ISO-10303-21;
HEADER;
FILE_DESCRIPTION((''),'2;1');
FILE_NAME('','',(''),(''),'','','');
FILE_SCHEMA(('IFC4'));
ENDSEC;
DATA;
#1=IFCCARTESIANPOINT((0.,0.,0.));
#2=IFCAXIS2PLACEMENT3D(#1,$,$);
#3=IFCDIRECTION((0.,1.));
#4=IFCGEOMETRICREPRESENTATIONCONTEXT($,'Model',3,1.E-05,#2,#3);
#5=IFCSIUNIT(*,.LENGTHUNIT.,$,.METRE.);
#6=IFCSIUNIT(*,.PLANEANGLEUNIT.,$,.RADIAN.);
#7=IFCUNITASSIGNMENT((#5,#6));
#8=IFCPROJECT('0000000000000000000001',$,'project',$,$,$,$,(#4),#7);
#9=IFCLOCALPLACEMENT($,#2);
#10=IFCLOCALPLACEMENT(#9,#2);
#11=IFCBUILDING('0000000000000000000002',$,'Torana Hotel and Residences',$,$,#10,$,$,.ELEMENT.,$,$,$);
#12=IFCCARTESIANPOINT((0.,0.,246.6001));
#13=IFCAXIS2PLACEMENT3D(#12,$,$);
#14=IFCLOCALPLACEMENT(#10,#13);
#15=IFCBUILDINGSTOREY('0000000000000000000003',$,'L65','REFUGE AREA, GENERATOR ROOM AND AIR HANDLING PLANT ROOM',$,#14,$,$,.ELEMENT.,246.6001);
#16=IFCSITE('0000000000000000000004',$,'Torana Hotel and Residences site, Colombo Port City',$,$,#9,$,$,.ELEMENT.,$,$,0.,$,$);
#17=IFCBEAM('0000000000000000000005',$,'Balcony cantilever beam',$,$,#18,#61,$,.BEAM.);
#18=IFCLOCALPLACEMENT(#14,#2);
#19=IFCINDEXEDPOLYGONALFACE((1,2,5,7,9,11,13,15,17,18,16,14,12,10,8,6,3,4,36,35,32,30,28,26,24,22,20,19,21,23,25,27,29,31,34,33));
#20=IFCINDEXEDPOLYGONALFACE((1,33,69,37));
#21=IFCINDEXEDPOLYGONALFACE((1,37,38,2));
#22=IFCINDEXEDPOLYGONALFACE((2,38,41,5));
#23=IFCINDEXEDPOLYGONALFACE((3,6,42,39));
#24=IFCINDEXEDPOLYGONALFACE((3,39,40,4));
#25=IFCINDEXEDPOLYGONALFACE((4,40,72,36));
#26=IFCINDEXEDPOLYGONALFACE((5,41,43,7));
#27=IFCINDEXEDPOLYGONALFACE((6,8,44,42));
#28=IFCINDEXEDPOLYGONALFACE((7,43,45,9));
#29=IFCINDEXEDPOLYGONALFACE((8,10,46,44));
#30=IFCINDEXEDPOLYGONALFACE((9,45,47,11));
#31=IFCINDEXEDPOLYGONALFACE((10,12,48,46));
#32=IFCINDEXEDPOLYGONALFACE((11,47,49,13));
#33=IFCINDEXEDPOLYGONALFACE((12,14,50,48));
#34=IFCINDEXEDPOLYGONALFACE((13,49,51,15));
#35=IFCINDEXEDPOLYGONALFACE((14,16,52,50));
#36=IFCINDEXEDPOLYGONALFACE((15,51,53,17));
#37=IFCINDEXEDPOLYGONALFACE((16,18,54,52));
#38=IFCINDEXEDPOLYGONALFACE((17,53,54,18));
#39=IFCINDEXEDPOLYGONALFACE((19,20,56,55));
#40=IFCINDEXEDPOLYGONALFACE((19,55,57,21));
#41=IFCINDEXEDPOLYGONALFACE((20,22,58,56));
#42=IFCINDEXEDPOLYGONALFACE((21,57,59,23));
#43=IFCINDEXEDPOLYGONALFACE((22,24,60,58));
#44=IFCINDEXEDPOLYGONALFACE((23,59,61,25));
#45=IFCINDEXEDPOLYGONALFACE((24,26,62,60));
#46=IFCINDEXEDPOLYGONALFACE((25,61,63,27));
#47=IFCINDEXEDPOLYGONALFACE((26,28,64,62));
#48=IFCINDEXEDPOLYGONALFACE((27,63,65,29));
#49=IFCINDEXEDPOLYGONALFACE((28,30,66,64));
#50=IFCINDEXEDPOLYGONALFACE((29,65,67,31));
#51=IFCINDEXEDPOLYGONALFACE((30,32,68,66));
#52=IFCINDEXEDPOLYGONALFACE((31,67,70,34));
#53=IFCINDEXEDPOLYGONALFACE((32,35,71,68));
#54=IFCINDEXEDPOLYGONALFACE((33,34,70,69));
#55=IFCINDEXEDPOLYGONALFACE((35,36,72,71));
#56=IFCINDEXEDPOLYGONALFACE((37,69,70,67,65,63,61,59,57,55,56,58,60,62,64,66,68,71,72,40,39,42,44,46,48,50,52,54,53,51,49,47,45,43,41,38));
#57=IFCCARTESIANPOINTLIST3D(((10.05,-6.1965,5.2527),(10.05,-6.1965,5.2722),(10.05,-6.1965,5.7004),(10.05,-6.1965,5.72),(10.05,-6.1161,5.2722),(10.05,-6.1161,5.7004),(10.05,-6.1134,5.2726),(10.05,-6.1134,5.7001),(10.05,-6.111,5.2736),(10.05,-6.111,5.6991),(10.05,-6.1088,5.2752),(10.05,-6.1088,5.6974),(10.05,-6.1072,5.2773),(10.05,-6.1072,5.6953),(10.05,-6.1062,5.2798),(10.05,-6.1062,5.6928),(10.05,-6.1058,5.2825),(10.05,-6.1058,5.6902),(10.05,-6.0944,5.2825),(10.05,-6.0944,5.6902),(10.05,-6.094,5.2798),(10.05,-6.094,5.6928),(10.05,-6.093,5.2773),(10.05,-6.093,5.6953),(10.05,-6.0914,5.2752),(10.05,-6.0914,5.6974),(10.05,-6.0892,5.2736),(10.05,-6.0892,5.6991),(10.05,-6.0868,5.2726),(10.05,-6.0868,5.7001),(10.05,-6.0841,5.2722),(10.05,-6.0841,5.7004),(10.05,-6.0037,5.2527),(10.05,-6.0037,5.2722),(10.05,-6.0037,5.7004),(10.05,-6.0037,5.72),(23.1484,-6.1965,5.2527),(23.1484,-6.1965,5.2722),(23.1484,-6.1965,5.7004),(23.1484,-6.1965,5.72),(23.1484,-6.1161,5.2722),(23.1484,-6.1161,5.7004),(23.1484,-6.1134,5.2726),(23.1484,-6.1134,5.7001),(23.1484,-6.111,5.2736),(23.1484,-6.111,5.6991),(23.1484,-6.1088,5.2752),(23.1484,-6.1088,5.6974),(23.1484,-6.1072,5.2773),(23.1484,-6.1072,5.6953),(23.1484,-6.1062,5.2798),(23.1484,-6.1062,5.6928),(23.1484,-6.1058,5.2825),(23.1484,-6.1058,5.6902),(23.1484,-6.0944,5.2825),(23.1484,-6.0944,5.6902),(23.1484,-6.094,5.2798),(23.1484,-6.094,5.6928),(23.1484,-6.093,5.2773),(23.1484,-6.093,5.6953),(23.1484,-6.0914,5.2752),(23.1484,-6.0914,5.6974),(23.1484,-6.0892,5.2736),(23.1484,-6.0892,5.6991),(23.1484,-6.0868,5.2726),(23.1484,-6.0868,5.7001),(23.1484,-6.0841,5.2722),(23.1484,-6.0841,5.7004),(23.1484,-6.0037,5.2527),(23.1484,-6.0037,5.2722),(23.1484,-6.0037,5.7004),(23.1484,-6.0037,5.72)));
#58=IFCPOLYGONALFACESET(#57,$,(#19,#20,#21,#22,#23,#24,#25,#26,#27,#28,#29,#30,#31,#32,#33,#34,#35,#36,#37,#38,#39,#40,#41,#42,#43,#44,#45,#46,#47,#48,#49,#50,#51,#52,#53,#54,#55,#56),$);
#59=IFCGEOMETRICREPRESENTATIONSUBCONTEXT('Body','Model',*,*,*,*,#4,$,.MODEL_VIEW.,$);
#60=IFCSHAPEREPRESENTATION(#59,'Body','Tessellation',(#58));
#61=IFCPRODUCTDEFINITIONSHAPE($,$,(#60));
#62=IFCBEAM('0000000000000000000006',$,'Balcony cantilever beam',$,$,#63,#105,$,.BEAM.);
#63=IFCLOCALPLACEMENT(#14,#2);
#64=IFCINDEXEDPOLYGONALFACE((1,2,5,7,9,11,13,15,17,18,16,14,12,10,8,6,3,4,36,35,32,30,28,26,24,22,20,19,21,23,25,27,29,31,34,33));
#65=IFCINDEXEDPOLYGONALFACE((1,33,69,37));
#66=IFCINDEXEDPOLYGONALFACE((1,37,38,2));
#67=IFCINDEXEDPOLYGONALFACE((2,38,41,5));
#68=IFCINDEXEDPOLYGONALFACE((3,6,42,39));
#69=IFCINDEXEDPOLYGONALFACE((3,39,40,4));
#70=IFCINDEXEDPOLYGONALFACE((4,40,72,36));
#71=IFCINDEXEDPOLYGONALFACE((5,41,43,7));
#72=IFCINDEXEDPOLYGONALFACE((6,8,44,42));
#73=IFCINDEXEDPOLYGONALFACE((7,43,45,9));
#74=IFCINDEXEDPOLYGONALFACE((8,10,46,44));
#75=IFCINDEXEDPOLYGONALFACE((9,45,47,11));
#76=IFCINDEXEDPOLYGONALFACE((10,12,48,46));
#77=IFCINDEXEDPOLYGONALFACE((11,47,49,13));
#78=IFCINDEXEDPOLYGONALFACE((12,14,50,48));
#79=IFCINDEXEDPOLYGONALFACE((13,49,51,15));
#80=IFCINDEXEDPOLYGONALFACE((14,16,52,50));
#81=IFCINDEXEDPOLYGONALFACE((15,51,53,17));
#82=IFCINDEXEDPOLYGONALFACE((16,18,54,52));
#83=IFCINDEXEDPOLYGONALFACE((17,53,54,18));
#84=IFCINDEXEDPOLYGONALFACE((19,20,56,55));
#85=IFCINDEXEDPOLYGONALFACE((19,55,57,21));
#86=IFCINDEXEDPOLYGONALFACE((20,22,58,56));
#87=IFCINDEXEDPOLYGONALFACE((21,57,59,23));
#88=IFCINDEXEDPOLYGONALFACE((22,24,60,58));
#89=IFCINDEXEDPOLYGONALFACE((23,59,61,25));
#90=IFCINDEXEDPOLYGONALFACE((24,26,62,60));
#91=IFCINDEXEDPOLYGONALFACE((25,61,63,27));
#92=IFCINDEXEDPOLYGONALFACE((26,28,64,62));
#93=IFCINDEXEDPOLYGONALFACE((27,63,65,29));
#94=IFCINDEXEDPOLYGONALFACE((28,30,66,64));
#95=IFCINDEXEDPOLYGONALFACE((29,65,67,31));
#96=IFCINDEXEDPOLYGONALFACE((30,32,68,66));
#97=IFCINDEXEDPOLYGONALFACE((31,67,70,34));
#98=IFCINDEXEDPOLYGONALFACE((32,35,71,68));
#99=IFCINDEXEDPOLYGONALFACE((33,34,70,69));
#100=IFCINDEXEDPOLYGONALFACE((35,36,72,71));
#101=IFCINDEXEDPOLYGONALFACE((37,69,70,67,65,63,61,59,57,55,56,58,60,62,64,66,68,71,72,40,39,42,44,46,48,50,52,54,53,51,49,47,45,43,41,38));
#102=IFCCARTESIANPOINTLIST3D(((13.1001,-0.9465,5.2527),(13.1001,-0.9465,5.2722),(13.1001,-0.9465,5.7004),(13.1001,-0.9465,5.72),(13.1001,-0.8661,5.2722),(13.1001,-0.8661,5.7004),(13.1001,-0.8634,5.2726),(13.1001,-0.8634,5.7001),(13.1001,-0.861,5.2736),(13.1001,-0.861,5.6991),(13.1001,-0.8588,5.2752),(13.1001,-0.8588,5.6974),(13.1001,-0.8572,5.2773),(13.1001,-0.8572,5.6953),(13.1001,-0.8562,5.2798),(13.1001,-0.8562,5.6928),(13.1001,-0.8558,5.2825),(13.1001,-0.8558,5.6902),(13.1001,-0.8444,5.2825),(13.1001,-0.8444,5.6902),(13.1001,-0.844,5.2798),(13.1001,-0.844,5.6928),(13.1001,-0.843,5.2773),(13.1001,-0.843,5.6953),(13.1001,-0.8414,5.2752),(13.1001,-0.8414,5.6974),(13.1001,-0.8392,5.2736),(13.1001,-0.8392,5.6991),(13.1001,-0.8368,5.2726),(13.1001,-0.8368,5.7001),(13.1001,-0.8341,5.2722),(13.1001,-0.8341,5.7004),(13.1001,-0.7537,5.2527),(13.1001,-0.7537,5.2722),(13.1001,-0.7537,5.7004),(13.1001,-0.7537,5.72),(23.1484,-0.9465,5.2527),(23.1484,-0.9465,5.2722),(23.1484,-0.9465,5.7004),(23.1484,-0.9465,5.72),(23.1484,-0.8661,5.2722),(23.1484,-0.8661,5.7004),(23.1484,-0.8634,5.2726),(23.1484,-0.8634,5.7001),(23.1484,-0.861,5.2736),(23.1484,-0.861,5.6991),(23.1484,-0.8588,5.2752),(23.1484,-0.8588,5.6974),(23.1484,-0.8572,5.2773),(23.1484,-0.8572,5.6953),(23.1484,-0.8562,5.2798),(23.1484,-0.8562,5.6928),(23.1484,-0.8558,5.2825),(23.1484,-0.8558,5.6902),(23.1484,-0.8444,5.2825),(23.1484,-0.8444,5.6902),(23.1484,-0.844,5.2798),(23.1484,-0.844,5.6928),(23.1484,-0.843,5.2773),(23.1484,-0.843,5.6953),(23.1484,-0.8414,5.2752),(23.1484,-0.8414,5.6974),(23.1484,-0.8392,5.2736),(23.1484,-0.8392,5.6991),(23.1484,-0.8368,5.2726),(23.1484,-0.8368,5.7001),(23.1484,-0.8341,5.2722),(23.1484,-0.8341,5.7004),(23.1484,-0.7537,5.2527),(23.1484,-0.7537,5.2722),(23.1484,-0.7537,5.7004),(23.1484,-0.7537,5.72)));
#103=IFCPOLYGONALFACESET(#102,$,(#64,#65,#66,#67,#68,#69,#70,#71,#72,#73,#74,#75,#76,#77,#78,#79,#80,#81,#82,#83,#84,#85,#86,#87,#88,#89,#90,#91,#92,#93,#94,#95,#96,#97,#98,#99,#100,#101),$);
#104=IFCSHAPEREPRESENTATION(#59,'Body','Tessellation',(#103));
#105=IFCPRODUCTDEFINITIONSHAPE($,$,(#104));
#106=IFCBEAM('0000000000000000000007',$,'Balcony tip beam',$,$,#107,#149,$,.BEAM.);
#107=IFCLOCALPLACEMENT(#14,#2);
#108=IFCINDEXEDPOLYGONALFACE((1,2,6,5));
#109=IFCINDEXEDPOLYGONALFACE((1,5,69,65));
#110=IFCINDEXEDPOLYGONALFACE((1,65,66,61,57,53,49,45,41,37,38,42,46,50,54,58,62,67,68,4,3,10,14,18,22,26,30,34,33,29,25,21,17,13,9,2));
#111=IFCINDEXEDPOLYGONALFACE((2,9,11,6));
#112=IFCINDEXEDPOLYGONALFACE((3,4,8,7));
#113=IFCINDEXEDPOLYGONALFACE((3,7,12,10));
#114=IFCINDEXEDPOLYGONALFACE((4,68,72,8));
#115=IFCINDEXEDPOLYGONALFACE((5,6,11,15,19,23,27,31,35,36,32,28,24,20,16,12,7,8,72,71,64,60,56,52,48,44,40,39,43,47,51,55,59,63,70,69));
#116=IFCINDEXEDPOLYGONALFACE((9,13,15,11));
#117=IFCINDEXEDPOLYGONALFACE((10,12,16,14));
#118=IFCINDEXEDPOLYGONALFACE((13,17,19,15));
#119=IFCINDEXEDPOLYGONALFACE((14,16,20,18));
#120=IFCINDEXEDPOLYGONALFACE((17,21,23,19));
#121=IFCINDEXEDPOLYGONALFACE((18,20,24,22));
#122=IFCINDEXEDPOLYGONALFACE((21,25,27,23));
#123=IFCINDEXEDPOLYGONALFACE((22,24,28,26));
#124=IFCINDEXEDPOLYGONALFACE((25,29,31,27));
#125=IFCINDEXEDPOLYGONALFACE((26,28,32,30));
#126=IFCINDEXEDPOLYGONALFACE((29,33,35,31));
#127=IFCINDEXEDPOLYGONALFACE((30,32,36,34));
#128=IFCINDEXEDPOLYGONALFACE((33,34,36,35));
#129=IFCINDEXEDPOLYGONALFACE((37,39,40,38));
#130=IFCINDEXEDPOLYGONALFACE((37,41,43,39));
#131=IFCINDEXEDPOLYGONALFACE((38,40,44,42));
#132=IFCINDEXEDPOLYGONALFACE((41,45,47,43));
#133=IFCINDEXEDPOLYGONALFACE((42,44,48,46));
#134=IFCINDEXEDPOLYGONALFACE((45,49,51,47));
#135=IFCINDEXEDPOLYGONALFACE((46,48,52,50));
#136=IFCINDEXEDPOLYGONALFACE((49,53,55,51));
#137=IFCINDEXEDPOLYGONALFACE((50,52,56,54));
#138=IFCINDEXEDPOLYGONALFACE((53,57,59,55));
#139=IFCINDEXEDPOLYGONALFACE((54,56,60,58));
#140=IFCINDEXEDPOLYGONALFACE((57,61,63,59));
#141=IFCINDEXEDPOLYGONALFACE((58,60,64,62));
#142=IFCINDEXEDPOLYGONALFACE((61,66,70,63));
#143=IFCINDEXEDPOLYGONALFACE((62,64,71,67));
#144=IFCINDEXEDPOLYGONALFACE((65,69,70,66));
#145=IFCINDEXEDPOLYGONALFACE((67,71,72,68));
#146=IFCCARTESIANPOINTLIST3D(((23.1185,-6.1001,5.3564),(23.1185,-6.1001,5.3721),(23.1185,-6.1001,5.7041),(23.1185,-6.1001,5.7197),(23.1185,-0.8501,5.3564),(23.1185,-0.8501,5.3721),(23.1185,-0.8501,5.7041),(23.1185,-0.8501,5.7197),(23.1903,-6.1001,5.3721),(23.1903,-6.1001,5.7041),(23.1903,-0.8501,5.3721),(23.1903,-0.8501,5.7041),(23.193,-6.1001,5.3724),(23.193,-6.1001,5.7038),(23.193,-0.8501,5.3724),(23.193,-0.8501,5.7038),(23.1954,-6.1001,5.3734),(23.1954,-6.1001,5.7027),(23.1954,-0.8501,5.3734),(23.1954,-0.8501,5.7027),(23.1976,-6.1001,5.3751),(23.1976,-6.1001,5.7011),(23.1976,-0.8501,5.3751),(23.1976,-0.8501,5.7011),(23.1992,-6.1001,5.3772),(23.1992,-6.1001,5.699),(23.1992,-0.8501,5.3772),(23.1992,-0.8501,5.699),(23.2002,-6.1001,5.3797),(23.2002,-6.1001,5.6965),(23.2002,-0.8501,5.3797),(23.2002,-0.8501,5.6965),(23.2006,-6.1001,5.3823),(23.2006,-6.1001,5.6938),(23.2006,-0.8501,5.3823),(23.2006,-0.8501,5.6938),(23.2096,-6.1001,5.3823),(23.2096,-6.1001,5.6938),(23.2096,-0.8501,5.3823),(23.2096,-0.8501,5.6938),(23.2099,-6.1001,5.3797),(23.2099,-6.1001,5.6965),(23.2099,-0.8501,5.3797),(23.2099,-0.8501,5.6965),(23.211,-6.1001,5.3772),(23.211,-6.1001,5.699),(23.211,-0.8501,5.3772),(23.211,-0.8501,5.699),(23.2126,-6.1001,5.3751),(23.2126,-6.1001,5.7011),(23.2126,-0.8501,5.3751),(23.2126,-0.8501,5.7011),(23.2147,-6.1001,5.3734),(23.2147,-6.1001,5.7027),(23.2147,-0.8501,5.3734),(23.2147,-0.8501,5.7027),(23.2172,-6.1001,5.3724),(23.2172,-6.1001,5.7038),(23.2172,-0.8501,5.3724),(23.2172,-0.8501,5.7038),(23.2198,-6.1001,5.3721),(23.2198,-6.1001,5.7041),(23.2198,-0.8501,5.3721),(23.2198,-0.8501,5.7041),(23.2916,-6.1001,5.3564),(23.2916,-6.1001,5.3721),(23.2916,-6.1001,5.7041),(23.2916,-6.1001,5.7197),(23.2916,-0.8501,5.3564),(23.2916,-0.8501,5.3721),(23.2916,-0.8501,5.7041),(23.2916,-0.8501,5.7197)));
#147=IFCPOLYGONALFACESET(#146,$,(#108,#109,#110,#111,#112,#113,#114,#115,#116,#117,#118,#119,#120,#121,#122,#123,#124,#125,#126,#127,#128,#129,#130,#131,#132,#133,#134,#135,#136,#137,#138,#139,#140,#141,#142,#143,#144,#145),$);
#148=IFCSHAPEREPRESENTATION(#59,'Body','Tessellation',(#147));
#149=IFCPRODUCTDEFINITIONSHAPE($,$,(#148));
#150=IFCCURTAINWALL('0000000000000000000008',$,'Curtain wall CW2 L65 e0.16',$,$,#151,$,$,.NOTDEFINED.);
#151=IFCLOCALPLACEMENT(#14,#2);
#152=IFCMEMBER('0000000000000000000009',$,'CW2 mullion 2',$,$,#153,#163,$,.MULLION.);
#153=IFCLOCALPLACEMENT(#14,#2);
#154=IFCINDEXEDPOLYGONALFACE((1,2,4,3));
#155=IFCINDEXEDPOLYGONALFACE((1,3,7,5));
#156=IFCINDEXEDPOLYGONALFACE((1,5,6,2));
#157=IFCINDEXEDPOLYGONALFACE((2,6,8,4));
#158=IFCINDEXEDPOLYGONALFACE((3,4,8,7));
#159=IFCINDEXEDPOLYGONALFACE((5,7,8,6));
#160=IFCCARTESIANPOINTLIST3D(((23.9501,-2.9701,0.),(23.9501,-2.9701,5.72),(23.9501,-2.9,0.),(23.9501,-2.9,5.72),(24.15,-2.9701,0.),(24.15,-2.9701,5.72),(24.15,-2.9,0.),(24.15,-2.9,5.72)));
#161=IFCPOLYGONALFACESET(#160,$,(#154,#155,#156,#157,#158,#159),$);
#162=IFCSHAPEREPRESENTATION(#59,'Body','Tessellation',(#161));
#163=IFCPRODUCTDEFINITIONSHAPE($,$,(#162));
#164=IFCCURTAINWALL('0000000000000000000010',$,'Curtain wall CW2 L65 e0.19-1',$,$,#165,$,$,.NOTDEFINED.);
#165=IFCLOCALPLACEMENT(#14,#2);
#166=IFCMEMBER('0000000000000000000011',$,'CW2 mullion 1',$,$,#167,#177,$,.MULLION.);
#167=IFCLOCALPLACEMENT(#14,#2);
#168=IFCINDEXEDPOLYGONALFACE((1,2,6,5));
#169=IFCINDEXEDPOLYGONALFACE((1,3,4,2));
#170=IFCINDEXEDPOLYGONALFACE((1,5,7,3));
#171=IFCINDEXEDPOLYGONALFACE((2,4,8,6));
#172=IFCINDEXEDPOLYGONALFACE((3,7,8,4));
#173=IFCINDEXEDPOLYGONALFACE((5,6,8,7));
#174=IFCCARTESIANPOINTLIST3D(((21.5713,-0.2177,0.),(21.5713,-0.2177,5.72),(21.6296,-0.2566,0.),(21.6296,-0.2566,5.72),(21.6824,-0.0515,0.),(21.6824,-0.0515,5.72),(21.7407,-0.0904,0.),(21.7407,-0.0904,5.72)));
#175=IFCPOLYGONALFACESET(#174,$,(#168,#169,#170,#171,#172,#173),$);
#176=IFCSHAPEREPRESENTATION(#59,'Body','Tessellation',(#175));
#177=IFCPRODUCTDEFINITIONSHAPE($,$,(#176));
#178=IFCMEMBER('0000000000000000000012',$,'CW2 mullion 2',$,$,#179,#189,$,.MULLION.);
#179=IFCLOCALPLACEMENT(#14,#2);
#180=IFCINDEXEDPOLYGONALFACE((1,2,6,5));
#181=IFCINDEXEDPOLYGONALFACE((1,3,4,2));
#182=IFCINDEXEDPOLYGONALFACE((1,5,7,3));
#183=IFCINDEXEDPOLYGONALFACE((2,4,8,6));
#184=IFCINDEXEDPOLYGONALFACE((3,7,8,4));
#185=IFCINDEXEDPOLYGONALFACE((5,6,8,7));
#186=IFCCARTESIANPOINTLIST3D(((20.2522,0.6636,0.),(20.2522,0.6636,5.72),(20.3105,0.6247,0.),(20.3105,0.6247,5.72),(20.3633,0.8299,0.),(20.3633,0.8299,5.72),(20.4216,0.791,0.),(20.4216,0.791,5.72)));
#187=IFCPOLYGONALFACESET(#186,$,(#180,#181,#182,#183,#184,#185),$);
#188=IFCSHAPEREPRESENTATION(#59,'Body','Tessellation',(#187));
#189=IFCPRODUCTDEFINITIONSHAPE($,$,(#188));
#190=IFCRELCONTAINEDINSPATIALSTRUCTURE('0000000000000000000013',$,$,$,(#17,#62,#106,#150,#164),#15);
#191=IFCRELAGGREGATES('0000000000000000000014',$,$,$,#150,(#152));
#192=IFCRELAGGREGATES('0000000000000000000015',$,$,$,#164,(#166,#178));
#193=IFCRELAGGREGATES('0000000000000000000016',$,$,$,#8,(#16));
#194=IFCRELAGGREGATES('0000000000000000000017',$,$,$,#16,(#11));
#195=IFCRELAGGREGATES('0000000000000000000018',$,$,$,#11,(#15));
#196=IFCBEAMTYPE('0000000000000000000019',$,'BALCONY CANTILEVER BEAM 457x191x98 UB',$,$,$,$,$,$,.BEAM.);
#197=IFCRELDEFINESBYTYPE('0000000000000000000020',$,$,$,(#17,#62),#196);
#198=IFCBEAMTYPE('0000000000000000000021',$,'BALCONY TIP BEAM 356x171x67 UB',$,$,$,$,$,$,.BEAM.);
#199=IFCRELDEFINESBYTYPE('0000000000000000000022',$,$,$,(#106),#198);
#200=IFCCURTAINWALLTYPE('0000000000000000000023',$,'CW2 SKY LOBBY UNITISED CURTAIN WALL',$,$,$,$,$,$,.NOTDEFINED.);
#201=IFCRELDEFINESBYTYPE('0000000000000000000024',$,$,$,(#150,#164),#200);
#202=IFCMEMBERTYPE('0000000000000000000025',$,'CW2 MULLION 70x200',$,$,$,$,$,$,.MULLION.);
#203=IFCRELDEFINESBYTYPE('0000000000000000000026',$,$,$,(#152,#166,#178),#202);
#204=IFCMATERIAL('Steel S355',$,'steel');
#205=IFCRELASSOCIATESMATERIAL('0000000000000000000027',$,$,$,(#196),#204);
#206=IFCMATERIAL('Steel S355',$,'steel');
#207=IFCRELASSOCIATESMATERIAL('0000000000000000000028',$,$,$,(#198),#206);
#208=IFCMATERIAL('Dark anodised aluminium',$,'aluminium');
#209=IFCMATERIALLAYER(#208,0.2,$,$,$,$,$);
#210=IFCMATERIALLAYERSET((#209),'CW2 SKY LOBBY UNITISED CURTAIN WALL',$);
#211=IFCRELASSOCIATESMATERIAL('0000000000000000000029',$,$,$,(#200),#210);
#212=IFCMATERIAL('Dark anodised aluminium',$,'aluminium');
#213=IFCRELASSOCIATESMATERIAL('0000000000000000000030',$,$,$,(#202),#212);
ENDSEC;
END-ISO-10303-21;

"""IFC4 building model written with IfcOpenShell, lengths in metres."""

from ifc_helpers import new_model, si_unit, direction, frame, origin, origin_2d, place, context, subcontext, project, spatial, rectangle, i_section, extrude, material, layer, layer_set, material_profile, profile_set, type_object, element, aggregate, save


model = new_model("IFC4")

# Units and contexts
model_context = context("Model", 3, precision=1e-05, world=origin(), true_north=direction((0.0, 1.0)))
body_context = subcontext(model_context, "Body", "Model", "MODEL_VIEW")
ifc_project = project(units=[si_unit("LENGTHUNIT", "METRE"), si_unit("PLANEANGLEUNIT", "RADIAN")], contexts=[model_context])

# Site, building, storey
site_placement = place(None, origin())
site = spatial("IfcSite", under=ifc_project, at=site_placement, Name="Torana Hotel and Residences site, Colombo Port City", CompositionType="ELEMENT", RefElevation=0.0)
building_placement = place(site_placement, origin())
building = spatial("IfcBuilding", under=site, at=building_placement, Name="Torana Hotel and Residences", CompositionType="ELEMENT")
storey_placement = place(building_placement, frame((0.0, 0.0, 246.6001)))
storey = spatial("IfcBuildingStorey", under=building, at=storey_placement, Name="L65", Description="REFUGE AREA, GENERATOR ROOM AND AIR HANDLING PLANT ROOM", CompositionType="ELEMENT", Elevation=246.6001)

# Beams
ifc_material_1 = material(Name="Steel S355", Category="steel")
ifc_material_profile_1 = material_profile(ifc_material_1, i_section(OverallWidth=0.1929, OverallDepth=0.4673, WebThickness=0.0115, FlangeThickness=0.0195, FilletRadius=0.0103, at=origin_2d()), Name="457x191x98 UB")
ifc_profile_set_1 = profile_set([ifc_material_profile_1], Name="Steel S355")
beam_type_1 = type_object("IfcBeamType", Name="BALCONY CANTILEVER BEAM 457x191x98 UB", PredefinedType="BEAM", material=ifc_profile_set_1)
beam_1_placement = place(storey_placement, frame((23.1484, -6.1001, 5.4863), z_axis=(-1.0, 0.0, 0.0), x_axis=(0.0, -1.0, 0.0)))
element("IfcBeam", 1, at=beam_1_placement, inside=storey, type_object=beam_type_1, Name="Balcony cantilever beam", PredefinedType="BEAM", context=body_context, shape_type="SweptSolid", body=[
    extrude(i_section(OverallWidth=0.1929, OverallDepth=0.4673, WebThickness=0.0115, FlangeThickness=0.0195, FilletRadius=0.0103, at=origin_2d()), origin(), (0.0, 0.0, 1.0), 13.0984),
])
beam_2_placement = place(storey_placement, frame((23.1484, -0.8501, 5.4863), z_axis=(-1.0, 0.0, 0.0), x_axis=(0.0, -1.0, 0.0)))
element("IfcBeam", 2, at=beam_2_placement, inside=storey, type_object=beam_type_1, Name="Balcony cantilever beam", PredefinedType="BEAM", context=body_context, shape_type="SweptSolid", body=[
    extrude(i_section(OverallWidth=0.1929, OverallDepth=0.4673, WebThickness=0.0115, FlangeThickness=0.0195, FilletRadius=0.0103, at=origin_2d()), origin(), (0.0, 0.0, 1.0), 10.0483),
])
ifc_material_2 = material(Name="Steel S355", Category="steel")
ifc_material_profile_2 = material_profile(ifc_material_2, i_section(OverallWidth=0.1731, OverallDepth=0.3633, WebThickness=0.009, FlangeThickness=0.0156, FilletRadius=0.0103, at=origin_2d()), Name="356x171x67 UB")
ifc_profile_set_2 = profile_set([ifc_material_profile_2], Name="Steel S355")
beam_type_2 = type_object("IfcBeamType", Name="BALCONY TIP BEAM 356x171x67 UB", PredefinedType="BEAM", material=ifc_profile_set_2)
beam_3_placement = place(storey_placement, frame((23.2051, -6.1001, 5.5381), z_axis=(0.0, 1.0, 0.0), x_axis=(-1.0, 0.0, 0.0)))
element("IfcBeam", 3, at=beam_3_placement, inside=storey, type_object=beam_type_2, Name="Balcony tip beam", PredefinedType="BEAM", context=body_context, shape_type="SweptSolid", body=[
    extrude(i_section(OverallWidth=0.1731, OverallDepth=0.3633, WebThickness=0.009, FlangeThickness=0.0156, FilletRadius=0.0103, at=origin_2d()), origin(), (0.0, 0.0, 1.0), 5.25),
])

# Curtain wall, member
ifc_material_3 = material(Name="Dark anodised aluminium", Category="aluminium")
ifc_layer_1 = layer(ifc_material_3, 0.2)
ifc_layer_set_1 = layer_set([ifc_layer_1], Name="CW2 SKY LOBBY UNITISED CURTAIN WALL")
curtain_wall_type = type_object("IfcCurtainWallType", Name="CW2 SKY LOBBY UNITISED CURTAIN WALL", PredefinedType="NOTDEFINED", material=ifc_layer_set_1)
curtain_wall_1_placement = place(storey_placement, origin())
curtain_wall_1 = element("IfcCurtainWall", 4, at=curtain_wall_1_placement, inside=storey, type_object=curtain_wall_type, Name="Curtain wall CW2 L65 e0.16", PredefinedType="NOTDEFINED")
ifc_material_4 = material(Name="Dark anodised aluminium", Category="aluminium")
ifc_material_profile_3 = material_profile(ifc_material_4, rectangle(XDim=0.2, YDim=0.0701, at=origin_2d()), Name="CW2 MULLION 70x200")
ifc_profile_set_3 = profile_set([ifc_material_profile_3], Name="Dark anodised aluminium")
member_type_1 = type_object("IfcMemberType", Name="CW2 MULLION 70x200", PredefinedType="MULLION", material=ifc_profile_set_3)
member_1_placement = place(storey_placement, frame((24.05, -2.9351, 0.0), z_axis=(0.0, 0.0, 1.0), x_axis=(-1.0, 0.0, 0.0)))
member_1 = element("IfcMember", 5, at=member_1_placement, type_object=member_type_1, Name="CW2 mullion 2", PredefinedType="MULLION", context=body_context, shape_type="SweptSolid", body=[
    extrude(rectangle(XDim=0.2, YDim=0.0701, at=origin_2d()), origin(), (0.0, 0.0, 1.0), 5.72),
])

# Curtain wall, members
curtain_wall_2_placement = place(storey_placement, origin())
curtain_wall_2 = element("IfcCurtainWall", 6, at=curtain_wall_2_placement, inside=storey, type_object=curtain_wall_type, Name="Curtain wall CW2 L65 e0.19-1", PredefinedType="NOTDEFINED")
member_2_placement = place(storey_placement, frame((21.656, -0.1541, 0.0), z_axis=(0.0, 0.0, 1.0), x_axis=(-0.555564, -0.831474, 0.0)))
member_2 = element("IfcMember", 7, at=member_2_placement, type_object=member_type_1, Name="CW2 mullion 1", PredefinedType="MULLION", context=body_context, shape_type="SweptSolid", body=[
    extrude(rectangle(XDim=0.2, YDim=0.0701, at=origin_2d()), origin(), (0.0, 0.0, 1.0), 5.72),
])
member_3_placement = place(storey_placement, frame((20.3369, 0.7273, 0.0), z_axis=(0.0, 0.0, 1.0), x_axis=(-0.555564, -0.831474, 0.0)))
member_3 = element("IfcMember", 8, at=member_3_placement, type_object=member_type_1, Name="CW2 mullion 2", PredefinedType="MULLION", context=body_context, shape_type="SweptSolid", body=[
    extrude(rectangle(XDim=0.2, YDim=0.0701, at=origin_2d()), origin(), (0.0, 0.0, 1.0), 5.72),
])

aggregate(curtain_wall_1, [member_1])
aggregate(curtain_wall_2, [member_2, member_3])

save(model, "model.ifc")
